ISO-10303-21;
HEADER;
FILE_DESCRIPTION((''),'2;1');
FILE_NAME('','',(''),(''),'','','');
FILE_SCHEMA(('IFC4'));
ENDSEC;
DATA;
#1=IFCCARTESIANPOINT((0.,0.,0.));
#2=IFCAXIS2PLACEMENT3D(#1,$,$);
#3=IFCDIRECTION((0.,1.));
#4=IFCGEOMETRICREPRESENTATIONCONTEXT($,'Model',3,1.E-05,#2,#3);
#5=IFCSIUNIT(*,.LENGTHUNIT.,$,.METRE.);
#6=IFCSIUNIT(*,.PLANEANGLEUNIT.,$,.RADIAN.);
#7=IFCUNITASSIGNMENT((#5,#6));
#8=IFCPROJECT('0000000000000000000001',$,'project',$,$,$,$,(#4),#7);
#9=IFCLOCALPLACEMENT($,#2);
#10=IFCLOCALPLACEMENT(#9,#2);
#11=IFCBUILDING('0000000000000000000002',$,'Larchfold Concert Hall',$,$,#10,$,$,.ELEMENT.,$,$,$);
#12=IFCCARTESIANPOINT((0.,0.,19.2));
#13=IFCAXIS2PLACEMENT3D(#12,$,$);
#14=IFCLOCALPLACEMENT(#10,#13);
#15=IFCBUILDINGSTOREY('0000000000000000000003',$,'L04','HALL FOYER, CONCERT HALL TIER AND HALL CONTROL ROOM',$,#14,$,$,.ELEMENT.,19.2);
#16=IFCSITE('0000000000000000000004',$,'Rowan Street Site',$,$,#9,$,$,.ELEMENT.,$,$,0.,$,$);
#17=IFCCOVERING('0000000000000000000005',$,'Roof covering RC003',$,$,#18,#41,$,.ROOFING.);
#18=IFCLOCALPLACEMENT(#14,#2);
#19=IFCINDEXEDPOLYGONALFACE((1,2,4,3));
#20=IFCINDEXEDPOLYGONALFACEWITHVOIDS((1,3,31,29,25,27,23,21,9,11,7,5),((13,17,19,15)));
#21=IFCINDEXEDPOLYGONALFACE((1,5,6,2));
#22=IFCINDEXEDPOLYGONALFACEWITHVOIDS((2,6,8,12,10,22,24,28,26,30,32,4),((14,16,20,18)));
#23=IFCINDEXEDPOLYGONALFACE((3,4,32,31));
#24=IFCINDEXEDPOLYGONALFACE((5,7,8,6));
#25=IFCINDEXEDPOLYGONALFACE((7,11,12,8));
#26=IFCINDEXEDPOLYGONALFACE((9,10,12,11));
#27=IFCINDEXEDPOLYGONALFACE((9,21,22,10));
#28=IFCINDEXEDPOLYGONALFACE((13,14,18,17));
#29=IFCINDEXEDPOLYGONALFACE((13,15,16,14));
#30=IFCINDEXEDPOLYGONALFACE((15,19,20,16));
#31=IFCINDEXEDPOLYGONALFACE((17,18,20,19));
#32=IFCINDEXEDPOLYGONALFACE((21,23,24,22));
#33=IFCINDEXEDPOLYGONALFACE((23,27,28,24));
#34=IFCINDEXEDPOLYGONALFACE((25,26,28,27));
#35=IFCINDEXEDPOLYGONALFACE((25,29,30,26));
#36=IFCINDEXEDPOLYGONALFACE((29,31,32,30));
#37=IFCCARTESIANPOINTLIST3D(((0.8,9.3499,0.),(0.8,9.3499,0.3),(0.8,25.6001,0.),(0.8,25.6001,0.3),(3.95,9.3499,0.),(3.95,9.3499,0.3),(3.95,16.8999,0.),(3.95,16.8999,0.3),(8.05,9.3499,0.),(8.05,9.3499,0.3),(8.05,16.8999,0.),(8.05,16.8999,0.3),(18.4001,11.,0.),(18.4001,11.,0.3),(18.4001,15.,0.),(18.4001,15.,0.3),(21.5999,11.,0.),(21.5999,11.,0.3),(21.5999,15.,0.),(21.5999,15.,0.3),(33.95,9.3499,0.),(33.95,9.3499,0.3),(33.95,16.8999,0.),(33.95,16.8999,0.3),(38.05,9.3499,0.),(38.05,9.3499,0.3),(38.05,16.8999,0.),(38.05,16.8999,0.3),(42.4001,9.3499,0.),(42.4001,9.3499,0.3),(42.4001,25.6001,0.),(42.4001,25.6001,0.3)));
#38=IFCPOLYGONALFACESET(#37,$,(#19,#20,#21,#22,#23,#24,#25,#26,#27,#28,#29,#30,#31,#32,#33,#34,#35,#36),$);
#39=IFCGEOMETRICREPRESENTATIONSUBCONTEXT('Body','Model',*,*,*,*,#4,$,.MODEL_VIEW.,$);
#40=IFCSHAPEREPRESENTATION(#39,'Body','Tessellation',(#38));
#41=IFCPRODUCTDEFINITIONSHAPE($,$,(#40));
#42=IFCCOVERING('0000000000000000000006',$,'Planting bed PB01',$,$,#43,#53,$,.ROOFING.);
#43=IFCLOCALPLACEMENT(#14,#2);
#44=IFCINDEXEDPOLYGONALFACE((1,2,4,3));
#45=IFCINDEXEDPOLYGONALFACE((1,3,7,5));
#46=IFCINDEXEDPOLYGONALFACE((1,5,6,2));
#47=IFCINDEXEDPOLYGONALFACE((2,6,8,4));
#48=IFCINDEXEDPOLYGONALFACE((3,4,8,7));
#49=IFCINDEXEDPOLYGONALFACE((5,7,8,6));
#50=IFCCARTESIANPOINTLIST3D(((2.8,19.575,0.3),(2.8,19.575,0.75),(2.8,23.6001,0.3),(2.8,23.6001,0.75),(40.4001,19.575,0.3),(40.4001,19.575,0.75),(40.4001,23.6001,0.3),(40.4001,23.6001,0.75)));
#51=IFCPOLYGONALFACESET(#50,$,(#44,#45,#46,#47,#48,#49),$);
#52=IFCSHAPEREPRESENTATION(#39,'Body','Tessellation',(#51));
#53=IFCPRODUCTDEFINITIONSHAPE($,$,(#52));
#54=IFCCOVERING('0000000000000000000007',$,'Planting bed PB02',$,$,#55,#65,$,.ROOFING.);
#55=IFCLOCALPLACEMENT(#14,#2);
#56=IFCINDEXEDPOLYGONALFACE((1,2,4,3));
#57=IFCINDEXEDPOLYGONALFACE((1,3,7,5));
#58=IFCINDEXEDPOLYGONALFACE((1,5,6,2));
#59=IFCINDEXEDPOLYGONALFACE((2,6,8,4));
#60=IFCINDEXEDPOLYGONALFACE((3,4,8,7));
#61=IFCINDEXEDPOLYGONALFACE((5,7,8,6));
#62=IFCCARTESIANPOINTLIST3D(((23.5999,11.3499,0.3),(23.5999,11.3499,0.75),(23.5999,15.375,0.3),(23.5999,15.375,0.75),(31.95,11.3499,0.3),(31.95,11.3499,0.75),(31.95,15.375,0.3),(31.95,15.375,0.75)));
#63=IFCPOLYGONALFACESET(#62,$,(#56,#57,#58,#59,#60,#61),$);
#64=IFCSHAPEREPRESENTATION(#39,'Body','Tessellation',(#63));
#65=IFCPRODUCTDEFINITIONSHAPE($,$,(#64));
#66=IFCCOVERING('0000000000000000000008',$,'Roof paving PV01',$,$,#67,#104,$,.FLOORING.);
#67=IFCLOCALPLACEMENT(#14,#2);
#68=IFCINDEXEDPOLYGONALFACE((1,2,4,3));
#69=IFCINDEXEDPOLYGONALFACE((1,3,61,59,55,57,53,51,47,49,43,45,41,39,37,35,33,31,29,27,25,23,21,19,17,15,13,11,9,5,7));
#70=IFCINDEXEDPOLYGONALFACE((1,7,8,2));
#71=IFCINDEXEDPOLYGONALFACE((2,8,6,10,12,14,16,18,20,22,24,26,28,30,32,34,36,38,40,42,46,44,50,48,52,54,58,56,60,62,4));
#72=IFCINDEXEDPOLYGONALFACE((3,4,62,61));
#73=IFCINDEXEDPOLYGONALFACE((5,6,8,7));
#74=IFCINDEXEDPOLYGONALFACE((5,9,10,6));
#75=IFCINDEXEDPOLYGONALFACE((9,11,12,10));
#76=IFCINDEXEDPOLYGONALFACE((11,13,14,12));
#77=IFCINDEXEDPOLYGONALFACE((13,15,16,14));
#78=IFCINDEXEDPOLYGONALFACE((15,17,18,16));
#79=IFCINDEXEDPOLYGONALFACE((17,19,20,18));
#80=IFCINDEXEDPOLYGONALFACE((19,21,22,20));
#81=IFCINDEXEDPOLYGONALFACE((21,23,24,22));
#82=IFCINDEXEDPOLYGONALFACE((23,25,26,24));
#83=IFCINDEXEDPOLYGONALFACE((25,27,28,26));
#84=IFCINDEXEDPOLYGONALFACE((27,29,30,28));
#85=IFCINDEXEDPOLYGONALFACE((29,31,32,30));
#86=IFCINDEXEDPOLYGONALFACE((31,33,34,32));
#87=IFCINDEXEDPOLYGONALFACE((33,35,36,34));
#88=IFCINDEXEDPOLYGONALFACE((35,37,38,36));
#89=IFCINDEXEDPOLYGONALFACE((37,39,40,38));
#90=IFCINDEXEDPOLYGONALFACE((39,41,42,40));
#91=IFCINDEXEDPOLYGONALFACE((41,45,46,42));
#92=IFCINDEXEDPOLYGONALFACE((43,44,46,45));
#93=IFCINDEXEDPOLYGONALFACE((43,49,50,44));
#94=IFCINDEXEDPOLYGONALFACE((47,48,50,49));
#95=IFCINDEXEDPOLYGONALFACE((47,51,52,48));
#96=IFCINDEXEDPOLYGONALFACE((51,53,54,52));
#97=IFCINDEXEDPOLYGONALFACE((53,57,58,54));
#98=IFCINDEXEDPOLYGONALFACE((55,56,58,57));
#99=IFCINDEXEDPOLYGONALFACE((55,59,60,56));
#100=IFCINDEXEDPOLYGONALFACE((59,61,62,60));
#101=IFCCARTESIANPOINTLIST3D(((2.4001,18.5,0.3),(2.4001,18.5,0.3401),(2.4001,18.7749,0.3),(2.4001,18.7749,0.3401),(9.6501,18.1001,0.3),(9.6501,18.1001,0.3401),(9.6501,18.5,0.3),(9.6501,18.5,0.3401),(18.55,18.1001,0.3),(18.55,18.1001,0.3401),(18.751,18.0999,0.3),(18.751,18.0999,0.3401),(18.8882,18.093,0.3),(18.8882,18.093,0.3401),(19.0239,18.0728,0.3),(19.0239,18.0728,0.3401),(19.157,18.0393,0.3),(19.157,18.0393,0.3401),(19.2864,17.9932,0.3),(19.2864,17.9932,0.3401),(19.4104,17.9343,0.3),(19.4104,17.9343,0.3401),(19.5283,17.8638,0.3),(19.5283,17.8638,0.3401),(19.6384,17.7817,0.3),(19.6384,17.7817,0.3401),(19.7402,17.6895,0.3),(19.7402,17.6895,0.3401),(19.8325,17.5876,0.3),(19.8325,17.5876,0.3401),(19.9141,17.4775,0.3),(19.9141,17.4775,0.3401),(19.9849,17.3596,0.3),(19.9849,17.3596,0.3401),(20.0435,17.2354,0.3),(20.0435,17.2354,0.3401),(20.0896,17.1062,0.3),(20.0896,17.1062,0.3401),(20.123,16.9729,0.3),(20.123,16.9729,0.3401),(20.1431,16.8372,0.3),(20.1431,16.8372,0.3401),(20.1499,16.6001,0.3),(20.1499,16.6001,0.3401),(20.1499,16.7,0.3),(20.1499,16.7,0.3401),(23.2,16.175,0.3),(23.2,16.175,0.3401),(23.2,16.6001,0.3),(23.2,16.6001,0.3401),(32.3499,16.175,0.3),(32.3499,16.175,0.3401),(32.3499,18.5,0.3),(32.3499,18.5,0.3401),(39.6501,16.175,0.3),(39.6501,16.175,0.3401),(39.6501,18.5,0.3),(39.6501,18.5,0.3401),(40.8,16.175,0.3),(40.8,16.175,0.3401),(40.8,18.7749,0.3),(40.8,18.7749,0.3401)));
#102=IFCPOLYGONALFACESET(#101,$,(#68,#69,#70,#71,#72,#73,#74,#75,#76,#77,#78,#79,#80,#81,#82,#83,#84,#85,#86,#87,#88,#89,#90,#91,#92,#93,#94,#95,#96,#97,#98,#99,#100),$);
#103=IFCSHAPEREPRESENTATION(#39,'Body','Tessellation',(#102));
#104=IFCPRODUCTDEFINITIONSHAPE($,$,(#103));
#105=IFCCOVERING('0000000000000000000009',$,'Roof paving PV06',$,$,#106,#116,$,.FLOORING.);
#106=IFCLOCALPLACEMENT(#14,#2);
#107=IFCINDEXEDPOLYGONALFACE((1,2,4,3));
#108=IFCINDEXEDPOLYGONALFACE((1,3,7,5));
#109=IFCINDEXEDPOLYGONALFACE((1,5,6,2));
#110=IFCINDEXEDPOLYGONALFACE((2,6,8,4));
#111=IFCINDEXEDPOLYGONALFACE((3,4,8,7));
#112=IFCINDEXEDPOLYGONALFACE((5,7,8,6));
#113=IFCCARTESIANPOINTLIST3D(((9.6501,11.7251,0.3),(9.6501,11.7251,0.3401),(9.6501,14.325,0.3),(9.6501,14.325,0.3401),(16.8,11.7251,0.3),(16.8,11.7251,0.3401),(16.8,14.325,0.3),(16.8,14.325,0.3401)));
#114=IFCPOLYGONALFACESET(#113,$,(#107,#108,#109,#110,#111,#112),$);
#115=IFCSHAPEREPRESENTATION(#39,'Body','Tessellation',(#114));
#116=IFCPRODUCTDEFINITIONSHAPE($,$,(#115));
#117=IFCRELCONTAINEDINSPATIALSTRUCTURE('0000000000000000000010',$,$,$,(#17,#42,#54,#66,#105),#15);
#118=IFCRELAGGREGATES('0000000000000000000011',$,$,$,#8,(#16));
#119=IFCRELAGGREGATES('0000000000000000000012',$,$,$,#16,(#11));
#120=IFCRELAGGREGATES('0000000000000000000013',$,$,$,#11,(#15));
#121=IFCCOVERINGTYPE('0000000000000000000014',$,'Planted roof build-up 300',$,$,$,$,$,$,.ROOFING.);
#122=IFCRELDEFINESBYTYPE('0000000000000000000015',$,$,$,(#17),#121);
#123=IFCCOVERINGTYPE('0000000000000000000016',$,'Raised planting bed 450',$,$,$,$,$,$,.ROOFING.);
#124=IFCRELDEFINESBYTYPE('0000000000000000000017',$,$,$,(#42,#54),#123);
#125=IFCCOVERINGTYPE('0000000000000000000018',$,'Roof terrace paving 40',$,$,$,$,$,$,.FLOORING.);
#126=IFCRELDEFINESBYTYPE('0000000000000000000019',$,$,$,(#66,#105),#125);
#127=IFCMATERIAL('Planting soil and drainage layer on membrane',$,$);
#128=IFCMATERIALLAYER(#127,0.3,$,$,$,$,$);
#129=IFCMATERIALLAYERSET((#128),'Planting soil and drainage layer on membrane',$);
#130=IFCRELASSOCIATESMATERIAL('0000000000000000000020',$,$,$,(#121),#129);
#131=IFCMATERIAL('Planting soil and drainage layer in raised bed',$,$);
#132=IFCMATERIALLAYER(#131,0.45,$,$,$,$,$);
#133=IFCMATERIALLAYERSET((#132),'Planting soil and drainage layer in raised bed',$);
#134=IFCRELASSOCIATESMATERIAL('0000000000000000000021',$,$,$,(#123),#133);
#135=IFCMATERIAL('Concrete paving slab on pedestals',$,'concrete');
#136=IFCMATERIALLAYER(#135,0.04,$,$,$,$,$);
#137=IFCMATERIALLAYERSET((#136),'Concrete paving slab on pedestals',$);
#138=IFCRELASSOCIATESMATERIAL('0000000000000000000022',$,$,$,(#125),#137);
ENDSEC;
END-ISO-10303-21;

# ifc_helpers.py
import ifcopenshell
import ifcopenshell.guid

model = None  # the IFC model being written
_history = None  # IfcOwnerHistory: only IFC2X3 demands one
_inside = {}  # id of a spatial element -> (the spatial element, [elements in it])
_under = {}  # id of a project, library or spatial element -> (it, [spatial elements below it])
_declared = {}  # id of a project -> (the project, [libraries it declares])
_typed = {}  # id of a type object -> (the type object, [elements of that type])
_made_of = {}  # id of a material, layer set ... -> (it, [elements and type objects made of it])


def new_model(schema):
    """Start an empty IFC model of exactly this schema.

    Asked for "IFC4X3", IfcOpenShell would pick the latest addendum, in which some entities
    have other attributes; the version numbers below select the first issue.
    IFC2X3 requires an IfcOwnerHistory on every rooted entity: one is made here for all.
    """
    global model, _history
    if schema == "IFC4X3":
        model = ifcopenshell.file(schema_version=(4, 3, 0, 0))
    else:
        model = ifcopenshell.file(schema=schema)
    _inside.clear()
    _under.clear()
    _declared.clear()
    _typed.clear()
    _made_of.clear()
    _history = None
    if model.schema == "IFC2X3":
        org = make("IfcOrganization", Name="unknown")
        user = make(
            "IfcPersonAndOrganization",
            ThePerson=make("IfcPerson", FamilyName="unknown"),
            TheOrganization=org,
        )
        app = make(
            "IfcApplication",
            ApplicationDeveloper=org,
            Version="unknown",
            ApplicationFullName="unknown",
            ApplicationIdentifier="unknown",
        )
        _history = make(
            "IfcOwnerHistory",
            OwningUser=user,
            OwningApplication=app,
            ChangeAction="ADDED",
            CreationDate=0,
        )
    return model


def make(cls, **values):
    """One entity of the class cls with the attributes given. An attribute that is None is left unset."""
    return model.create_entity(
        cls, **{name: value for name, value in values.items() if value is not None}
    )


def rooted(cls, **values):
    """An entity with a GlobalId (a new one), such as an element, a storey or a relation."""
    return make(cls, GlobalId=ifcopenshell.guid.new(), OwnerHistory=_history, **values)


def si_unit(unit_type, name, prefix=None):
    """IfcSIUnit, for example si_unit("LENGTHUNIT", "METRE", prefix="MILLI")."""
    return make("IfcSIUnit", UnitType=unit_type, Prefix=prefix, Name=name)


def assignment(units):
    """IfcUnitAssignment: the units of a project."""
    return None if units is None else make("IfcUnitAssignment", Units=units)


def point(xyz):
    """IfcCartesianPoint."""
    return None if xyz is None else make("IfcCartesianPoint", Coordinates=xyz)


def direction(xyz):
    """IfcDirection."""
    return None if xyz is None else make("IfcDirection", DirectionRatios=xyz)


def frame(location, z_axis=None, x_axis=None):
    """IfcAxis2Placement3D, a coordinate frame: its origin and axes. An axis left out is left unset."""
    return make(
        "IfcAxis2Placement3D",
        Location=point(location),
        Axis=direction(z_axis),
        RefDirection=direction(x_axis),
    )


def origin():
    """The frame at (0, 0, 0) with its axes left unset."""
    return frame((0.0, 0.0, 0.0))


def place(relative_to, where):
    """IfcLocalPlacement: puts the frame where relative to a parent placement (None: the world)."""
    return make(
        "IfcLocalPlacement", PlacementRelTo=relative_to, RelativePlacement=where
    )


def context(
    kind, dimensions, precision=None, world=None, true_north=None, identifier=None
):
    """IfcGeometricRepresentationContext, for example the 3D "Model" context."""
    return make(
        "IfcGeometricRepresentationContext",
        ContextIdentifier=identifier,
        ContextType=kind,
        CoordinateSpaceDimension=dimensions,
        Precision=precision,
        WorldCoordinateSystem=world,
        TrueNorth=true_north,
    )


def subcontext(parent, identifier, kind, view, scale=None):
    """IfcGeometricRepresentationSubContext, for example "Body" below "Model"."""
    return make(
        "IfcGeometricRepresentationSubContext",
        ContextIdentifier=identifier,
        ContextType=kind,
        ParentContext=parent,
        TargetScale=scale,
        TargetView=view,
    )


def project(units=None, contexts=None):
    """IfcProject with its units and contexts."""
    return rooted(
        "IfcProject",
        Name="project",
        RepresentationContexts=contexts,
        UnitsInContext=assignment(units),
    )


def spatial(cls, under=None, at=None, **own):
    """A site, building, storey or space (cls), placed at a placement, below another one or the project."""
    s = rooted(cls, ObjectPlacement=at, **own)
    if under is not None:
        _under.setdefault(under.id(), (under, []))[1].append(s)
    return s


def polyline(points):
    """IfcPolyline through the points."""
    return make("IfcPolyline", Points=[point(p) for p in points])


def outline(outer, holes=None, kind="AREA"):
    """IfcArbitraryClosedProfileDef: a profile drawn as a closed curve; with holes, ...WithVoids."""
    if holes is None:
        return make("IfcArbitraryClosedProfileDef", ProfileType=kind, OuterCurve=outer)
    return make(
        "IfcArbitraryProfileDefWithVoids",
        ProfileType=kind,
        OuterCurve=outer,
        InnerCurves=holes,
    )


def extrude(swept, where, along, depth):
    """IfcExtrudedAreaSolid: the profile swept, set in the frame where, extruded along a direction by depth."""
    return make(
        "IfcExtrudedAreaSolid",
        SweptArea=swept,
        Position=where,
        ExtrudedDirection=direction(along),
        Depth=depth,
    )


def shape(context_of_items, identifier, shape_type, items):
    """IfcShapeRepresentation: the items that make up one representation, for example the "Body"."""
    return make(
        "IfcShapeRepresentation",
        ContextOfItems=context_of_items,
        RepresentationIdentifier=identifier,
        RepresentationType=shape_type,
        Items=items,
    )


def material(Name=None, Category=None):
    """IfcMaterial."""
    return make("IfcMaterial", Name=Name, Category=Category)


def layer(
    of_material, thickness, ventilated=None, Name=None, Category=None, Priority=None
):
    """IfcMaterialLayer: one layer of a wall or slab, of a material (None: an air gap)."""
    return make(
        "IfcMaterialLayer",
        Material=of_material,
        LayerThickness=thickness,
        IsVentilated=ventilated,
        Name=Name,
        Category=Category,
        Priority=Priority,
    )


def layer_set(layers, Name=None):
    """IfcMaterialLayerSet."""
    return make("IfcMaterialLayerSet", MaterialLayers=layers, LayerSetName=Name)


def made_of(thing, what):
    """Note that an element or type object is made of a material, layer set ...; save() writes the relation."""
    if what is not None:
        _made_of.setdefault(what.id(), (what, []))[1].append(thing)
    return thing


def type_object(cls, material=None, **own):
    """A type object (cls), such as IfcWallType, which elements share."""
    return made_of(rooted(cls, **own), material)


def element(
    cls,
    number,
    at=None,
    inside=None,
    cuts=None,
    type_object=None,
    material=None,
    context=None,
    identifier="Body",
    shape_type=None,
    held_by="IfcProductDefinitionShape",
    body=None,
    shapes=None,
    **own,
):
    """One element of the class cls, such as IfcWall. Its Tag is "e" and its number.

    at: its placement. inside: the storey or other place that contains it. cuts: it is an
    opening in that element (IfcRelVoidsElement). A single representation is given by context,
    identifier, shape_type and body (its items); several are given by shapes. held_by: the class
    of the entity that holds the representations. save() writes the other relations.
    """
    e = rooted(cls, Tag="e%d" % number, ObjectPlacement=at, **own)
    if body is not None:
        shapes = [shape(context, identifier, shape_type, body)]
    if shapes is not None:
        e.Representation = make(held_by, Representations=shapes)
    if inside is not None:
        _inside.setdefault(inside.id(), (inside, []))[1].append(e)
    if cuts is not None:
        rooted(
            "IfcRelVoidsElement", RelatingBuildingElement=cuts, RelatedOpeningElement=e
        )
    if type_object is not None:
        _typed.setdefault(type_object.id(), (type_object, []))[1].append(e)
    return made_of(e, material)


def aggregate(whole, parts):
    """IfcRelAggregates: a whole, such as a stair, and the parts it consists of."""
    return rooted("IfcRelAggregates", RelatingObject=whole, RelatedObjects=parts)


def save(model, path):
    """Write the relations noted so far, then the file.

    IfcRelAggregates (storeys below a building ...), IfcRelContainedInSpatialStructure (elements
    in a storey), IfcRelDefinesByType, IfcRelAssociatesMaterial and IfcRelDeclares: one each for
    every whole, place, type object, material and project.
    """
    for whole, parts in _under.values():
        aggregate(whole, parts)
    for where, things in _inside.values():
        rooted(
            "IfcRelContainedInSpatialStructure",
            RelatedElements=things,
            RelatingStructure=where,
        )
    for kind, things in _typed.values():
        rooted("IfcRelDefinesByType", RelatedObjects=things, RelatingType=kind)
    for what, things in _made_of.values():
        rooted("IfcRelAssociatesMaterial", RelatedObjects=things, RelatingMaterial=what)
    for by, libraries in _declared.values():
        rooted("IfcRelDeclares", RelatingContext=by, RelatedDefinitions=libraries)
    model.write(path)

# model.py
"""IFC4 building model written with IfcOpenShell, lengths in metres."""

from ifc_helpers import new_model, si_unit, direction, frame, origin, place, context, subcontext, project, spatial, polyline, outline, extrude, material, layer, layer_set, type_object, element, save


model = new_model("IFC4")

# Units and contexts
model_context = context("Model", 3, precision=1e-05, world=origin(), true_north=direction((0.0, 1.0)))
body_context = subcontext(model_context, "Body", "Model", "MODEL_VIEW")
ifc_project = project(units=[si_unit("LENGTHUNIT", "METRE"), si_unit("PLANEANGLEUNIT", "RADIAN")], contexts=[model_context])

# Site, building, storey
site_placement = place(None, origin())
site = spatial("IfcSite", under=ifc_project, at=site_placement, Name="Rowan Street Site", CompositionType="ELEMENT", RefElevation=0.0)
building_placement = place(site_placement, origin())
building = spatial("IfcBuilding", under=site, at=building_placement, Name="Larchfold Concert Hall", CompositionType="ELEMENT")
storey_placement = place(building_placement, frame((0.0, 0.0, 19.2)))
storey = spatial("IfcBuildingStorey", under=building, at=storey_placement, Name="L04", Description="HALL FOYER, CONCERT HALL TIER AND HALL CONTROL ROOM", CompositionType="ELEMENT", Elevation=19.2)

# Coverings
ifc_material_1 = material(Name="Planting soil and drainage layer on membrane")
ifc_layer_1 = layer(ifc_material_1, 0.3)
ifc_layer_set_1 = layer_set([ifc_layer_1], Name="Planting soil and drainage layer on membrane")
covering_type_1 = type_object("IfcCoveringType", Name="Planted roof build-up 300", PredefinedType="ROOFING", material=ifc_layer_set_1)
covering_1_placement = place(storey_placement, origin())
element("IfcCovering", 1, at=covering_1_placement, inside=storey, type_object=covering_type_1, Name="Roof covering RC003", PredefinedType="ROOFING", context=body_context, shape_type="SweptSolid", body=[
    extrude(outline(polyline([(0.8, 9.3499), (3.95, 9.3499), (3.95, 16.8999), (8.05, 16.8999), (8.05, 9.3499), (33.95, 9.3499), (33.95, 16.8999), (38.05, 16.8999), (38.05, 9.3499), (42.4001, 9.3499), (42.4001, 25.6001), (0.8, 25.6001), (0.8, 9.3499)]), holes=[polyline([(18.4001, 11.0), (18.4001, 15.0), (21.5999, 15.0), (21.5999, 11.0), (18.4001, 11.0)])]), origin(), (0.0, 0.0, 1.0), 0.3),
])
ifc_material_2 = material(Name="Planting soil and drainage layer in raised bed")
ifc_layer_2 = layer(ifc_material_2, 0.45)
ifc_layer_set_2 = layer_set([ifc_layer_2], Name="Planting soil and drainage layer in raised bed")
covering_type_2 = type_object("IfcCoveringType", Name="Raised planting bed 450", PredefinedType="ROOFING", material=ifc_layer_set_2)
covering_2_placement = place(storey_placement, frame((0.0, 0.0, 0.3)))
element("IfcCovering", 2, at=covering_2_placement, inside=storey, type_object=covering_type_2, Name="Planting bed PB01", PredefinedType="ROOFING", context=body_context, shape_type="SweptSolid", body=[
    extrude(outline(polyline([(2.8, 23.6001), (2.8, 19.575), (40.4001, 19.575), (40.4001, 23.6001), (2.8, 23.6001)])), origin(), (0.0, 0.0, 1.0), 0.45),
])
covering_3_placement = place(storey_placement, frame((0.0, 0.0, 0.3)))
element("IfcCovering", 3, at=covering_3_placement, inside=storey, type_object=covering_type_2, Name="Planting bed PB02", PredefinedType="ROOFING", context=body_context, shape_type="SweptSolid", body=[
    extrude(outline(polyline([(31.95, 15.375), (23.5999, 15.375), (23.5999, 11.3499), (31.95, 11.3499), (31.95, 15.375)])), origin(), (0.0, 0.0, 1.0), 0.45),
])
ifc_material_3 = material(Name="Concrete paving slab on pedestals", Category="concrete")
ifc_layer_3 = layer(ifc_material_3, 0.04)
ifc_layer_set_3 = layer_set([ifc_layer_3], Name="Concrete paving slab on pedestals")
covering_type_3 = type_object("IfcCoveringType", Name="Roof terrace paving 40", PredefinedType="FLOORING", material=ifc_layer_set_3)
covering_4_placement = place(storey_placement, frame((0.0, 0.0, 0.3)))
element("IfcCovering", 4, at=covering_4_placement, inside=storey, type_object=covering_type_3, Name="Roof paving PV01", PredefinedType="FLOORING", context=body_context, shape_type="SweptSolid", body=[
    extrude(outline(polyline([(40.8, 18.7749), (2.4001, 18.7749), (2.4001, 18.5), (9.6501, 18.5), (9.6501, 18.1001), (18.55, 18.1001), (18.751, 18.0999), (18.8882, 18.093), (19.0239, 18.0728), (19.157, 18.0393), (19.2864, 17.9932), (19.4104, 17.9343), (19.5283, 17.8638), (19.6384, 17.7817), (19.7402, 17.6895), (19.8325, 17.5876), (19.9141, 17.4775), (19.9849, 17.3596), (20.0435, 17.2354), (20.0896, 17.1062), (20.123, 16.9729), (20.1431, 16.8372), (20.1499, 16.7), (20.1499, 16.6001), (23.2, 16.6001), (23.2, 16.175), (32.3499, 16.175), (32.3499, 18.5), (39.6501, 18.5), (39.6501, 16.175), (40.8, 16.175), (40.8, 18.7749)])), origin(), (0.0, 0.0, 1.0), 0.04),
])
covering_5_placement = place(storey_placement, frame((0.0, 0.0, 0.3)))
element("IfcCovering", 5, at=covering_5_placement, inside=storey, type_object=covering_type_3, Name="Roof paving PV06", PredefinedType="FLOORING", context=body_context, shape_type="SweptSolid", body=[
    extrude(outline(polyline([(9.6501, 11.7251), (16.8, 11.7251), (16.8, 14.325), (9.6501, 14.325), (9.6501, 11.7251)])), origin(), (0.0, 0.0, 1.0), 0.04),
])

save(model, "model.ifc")
